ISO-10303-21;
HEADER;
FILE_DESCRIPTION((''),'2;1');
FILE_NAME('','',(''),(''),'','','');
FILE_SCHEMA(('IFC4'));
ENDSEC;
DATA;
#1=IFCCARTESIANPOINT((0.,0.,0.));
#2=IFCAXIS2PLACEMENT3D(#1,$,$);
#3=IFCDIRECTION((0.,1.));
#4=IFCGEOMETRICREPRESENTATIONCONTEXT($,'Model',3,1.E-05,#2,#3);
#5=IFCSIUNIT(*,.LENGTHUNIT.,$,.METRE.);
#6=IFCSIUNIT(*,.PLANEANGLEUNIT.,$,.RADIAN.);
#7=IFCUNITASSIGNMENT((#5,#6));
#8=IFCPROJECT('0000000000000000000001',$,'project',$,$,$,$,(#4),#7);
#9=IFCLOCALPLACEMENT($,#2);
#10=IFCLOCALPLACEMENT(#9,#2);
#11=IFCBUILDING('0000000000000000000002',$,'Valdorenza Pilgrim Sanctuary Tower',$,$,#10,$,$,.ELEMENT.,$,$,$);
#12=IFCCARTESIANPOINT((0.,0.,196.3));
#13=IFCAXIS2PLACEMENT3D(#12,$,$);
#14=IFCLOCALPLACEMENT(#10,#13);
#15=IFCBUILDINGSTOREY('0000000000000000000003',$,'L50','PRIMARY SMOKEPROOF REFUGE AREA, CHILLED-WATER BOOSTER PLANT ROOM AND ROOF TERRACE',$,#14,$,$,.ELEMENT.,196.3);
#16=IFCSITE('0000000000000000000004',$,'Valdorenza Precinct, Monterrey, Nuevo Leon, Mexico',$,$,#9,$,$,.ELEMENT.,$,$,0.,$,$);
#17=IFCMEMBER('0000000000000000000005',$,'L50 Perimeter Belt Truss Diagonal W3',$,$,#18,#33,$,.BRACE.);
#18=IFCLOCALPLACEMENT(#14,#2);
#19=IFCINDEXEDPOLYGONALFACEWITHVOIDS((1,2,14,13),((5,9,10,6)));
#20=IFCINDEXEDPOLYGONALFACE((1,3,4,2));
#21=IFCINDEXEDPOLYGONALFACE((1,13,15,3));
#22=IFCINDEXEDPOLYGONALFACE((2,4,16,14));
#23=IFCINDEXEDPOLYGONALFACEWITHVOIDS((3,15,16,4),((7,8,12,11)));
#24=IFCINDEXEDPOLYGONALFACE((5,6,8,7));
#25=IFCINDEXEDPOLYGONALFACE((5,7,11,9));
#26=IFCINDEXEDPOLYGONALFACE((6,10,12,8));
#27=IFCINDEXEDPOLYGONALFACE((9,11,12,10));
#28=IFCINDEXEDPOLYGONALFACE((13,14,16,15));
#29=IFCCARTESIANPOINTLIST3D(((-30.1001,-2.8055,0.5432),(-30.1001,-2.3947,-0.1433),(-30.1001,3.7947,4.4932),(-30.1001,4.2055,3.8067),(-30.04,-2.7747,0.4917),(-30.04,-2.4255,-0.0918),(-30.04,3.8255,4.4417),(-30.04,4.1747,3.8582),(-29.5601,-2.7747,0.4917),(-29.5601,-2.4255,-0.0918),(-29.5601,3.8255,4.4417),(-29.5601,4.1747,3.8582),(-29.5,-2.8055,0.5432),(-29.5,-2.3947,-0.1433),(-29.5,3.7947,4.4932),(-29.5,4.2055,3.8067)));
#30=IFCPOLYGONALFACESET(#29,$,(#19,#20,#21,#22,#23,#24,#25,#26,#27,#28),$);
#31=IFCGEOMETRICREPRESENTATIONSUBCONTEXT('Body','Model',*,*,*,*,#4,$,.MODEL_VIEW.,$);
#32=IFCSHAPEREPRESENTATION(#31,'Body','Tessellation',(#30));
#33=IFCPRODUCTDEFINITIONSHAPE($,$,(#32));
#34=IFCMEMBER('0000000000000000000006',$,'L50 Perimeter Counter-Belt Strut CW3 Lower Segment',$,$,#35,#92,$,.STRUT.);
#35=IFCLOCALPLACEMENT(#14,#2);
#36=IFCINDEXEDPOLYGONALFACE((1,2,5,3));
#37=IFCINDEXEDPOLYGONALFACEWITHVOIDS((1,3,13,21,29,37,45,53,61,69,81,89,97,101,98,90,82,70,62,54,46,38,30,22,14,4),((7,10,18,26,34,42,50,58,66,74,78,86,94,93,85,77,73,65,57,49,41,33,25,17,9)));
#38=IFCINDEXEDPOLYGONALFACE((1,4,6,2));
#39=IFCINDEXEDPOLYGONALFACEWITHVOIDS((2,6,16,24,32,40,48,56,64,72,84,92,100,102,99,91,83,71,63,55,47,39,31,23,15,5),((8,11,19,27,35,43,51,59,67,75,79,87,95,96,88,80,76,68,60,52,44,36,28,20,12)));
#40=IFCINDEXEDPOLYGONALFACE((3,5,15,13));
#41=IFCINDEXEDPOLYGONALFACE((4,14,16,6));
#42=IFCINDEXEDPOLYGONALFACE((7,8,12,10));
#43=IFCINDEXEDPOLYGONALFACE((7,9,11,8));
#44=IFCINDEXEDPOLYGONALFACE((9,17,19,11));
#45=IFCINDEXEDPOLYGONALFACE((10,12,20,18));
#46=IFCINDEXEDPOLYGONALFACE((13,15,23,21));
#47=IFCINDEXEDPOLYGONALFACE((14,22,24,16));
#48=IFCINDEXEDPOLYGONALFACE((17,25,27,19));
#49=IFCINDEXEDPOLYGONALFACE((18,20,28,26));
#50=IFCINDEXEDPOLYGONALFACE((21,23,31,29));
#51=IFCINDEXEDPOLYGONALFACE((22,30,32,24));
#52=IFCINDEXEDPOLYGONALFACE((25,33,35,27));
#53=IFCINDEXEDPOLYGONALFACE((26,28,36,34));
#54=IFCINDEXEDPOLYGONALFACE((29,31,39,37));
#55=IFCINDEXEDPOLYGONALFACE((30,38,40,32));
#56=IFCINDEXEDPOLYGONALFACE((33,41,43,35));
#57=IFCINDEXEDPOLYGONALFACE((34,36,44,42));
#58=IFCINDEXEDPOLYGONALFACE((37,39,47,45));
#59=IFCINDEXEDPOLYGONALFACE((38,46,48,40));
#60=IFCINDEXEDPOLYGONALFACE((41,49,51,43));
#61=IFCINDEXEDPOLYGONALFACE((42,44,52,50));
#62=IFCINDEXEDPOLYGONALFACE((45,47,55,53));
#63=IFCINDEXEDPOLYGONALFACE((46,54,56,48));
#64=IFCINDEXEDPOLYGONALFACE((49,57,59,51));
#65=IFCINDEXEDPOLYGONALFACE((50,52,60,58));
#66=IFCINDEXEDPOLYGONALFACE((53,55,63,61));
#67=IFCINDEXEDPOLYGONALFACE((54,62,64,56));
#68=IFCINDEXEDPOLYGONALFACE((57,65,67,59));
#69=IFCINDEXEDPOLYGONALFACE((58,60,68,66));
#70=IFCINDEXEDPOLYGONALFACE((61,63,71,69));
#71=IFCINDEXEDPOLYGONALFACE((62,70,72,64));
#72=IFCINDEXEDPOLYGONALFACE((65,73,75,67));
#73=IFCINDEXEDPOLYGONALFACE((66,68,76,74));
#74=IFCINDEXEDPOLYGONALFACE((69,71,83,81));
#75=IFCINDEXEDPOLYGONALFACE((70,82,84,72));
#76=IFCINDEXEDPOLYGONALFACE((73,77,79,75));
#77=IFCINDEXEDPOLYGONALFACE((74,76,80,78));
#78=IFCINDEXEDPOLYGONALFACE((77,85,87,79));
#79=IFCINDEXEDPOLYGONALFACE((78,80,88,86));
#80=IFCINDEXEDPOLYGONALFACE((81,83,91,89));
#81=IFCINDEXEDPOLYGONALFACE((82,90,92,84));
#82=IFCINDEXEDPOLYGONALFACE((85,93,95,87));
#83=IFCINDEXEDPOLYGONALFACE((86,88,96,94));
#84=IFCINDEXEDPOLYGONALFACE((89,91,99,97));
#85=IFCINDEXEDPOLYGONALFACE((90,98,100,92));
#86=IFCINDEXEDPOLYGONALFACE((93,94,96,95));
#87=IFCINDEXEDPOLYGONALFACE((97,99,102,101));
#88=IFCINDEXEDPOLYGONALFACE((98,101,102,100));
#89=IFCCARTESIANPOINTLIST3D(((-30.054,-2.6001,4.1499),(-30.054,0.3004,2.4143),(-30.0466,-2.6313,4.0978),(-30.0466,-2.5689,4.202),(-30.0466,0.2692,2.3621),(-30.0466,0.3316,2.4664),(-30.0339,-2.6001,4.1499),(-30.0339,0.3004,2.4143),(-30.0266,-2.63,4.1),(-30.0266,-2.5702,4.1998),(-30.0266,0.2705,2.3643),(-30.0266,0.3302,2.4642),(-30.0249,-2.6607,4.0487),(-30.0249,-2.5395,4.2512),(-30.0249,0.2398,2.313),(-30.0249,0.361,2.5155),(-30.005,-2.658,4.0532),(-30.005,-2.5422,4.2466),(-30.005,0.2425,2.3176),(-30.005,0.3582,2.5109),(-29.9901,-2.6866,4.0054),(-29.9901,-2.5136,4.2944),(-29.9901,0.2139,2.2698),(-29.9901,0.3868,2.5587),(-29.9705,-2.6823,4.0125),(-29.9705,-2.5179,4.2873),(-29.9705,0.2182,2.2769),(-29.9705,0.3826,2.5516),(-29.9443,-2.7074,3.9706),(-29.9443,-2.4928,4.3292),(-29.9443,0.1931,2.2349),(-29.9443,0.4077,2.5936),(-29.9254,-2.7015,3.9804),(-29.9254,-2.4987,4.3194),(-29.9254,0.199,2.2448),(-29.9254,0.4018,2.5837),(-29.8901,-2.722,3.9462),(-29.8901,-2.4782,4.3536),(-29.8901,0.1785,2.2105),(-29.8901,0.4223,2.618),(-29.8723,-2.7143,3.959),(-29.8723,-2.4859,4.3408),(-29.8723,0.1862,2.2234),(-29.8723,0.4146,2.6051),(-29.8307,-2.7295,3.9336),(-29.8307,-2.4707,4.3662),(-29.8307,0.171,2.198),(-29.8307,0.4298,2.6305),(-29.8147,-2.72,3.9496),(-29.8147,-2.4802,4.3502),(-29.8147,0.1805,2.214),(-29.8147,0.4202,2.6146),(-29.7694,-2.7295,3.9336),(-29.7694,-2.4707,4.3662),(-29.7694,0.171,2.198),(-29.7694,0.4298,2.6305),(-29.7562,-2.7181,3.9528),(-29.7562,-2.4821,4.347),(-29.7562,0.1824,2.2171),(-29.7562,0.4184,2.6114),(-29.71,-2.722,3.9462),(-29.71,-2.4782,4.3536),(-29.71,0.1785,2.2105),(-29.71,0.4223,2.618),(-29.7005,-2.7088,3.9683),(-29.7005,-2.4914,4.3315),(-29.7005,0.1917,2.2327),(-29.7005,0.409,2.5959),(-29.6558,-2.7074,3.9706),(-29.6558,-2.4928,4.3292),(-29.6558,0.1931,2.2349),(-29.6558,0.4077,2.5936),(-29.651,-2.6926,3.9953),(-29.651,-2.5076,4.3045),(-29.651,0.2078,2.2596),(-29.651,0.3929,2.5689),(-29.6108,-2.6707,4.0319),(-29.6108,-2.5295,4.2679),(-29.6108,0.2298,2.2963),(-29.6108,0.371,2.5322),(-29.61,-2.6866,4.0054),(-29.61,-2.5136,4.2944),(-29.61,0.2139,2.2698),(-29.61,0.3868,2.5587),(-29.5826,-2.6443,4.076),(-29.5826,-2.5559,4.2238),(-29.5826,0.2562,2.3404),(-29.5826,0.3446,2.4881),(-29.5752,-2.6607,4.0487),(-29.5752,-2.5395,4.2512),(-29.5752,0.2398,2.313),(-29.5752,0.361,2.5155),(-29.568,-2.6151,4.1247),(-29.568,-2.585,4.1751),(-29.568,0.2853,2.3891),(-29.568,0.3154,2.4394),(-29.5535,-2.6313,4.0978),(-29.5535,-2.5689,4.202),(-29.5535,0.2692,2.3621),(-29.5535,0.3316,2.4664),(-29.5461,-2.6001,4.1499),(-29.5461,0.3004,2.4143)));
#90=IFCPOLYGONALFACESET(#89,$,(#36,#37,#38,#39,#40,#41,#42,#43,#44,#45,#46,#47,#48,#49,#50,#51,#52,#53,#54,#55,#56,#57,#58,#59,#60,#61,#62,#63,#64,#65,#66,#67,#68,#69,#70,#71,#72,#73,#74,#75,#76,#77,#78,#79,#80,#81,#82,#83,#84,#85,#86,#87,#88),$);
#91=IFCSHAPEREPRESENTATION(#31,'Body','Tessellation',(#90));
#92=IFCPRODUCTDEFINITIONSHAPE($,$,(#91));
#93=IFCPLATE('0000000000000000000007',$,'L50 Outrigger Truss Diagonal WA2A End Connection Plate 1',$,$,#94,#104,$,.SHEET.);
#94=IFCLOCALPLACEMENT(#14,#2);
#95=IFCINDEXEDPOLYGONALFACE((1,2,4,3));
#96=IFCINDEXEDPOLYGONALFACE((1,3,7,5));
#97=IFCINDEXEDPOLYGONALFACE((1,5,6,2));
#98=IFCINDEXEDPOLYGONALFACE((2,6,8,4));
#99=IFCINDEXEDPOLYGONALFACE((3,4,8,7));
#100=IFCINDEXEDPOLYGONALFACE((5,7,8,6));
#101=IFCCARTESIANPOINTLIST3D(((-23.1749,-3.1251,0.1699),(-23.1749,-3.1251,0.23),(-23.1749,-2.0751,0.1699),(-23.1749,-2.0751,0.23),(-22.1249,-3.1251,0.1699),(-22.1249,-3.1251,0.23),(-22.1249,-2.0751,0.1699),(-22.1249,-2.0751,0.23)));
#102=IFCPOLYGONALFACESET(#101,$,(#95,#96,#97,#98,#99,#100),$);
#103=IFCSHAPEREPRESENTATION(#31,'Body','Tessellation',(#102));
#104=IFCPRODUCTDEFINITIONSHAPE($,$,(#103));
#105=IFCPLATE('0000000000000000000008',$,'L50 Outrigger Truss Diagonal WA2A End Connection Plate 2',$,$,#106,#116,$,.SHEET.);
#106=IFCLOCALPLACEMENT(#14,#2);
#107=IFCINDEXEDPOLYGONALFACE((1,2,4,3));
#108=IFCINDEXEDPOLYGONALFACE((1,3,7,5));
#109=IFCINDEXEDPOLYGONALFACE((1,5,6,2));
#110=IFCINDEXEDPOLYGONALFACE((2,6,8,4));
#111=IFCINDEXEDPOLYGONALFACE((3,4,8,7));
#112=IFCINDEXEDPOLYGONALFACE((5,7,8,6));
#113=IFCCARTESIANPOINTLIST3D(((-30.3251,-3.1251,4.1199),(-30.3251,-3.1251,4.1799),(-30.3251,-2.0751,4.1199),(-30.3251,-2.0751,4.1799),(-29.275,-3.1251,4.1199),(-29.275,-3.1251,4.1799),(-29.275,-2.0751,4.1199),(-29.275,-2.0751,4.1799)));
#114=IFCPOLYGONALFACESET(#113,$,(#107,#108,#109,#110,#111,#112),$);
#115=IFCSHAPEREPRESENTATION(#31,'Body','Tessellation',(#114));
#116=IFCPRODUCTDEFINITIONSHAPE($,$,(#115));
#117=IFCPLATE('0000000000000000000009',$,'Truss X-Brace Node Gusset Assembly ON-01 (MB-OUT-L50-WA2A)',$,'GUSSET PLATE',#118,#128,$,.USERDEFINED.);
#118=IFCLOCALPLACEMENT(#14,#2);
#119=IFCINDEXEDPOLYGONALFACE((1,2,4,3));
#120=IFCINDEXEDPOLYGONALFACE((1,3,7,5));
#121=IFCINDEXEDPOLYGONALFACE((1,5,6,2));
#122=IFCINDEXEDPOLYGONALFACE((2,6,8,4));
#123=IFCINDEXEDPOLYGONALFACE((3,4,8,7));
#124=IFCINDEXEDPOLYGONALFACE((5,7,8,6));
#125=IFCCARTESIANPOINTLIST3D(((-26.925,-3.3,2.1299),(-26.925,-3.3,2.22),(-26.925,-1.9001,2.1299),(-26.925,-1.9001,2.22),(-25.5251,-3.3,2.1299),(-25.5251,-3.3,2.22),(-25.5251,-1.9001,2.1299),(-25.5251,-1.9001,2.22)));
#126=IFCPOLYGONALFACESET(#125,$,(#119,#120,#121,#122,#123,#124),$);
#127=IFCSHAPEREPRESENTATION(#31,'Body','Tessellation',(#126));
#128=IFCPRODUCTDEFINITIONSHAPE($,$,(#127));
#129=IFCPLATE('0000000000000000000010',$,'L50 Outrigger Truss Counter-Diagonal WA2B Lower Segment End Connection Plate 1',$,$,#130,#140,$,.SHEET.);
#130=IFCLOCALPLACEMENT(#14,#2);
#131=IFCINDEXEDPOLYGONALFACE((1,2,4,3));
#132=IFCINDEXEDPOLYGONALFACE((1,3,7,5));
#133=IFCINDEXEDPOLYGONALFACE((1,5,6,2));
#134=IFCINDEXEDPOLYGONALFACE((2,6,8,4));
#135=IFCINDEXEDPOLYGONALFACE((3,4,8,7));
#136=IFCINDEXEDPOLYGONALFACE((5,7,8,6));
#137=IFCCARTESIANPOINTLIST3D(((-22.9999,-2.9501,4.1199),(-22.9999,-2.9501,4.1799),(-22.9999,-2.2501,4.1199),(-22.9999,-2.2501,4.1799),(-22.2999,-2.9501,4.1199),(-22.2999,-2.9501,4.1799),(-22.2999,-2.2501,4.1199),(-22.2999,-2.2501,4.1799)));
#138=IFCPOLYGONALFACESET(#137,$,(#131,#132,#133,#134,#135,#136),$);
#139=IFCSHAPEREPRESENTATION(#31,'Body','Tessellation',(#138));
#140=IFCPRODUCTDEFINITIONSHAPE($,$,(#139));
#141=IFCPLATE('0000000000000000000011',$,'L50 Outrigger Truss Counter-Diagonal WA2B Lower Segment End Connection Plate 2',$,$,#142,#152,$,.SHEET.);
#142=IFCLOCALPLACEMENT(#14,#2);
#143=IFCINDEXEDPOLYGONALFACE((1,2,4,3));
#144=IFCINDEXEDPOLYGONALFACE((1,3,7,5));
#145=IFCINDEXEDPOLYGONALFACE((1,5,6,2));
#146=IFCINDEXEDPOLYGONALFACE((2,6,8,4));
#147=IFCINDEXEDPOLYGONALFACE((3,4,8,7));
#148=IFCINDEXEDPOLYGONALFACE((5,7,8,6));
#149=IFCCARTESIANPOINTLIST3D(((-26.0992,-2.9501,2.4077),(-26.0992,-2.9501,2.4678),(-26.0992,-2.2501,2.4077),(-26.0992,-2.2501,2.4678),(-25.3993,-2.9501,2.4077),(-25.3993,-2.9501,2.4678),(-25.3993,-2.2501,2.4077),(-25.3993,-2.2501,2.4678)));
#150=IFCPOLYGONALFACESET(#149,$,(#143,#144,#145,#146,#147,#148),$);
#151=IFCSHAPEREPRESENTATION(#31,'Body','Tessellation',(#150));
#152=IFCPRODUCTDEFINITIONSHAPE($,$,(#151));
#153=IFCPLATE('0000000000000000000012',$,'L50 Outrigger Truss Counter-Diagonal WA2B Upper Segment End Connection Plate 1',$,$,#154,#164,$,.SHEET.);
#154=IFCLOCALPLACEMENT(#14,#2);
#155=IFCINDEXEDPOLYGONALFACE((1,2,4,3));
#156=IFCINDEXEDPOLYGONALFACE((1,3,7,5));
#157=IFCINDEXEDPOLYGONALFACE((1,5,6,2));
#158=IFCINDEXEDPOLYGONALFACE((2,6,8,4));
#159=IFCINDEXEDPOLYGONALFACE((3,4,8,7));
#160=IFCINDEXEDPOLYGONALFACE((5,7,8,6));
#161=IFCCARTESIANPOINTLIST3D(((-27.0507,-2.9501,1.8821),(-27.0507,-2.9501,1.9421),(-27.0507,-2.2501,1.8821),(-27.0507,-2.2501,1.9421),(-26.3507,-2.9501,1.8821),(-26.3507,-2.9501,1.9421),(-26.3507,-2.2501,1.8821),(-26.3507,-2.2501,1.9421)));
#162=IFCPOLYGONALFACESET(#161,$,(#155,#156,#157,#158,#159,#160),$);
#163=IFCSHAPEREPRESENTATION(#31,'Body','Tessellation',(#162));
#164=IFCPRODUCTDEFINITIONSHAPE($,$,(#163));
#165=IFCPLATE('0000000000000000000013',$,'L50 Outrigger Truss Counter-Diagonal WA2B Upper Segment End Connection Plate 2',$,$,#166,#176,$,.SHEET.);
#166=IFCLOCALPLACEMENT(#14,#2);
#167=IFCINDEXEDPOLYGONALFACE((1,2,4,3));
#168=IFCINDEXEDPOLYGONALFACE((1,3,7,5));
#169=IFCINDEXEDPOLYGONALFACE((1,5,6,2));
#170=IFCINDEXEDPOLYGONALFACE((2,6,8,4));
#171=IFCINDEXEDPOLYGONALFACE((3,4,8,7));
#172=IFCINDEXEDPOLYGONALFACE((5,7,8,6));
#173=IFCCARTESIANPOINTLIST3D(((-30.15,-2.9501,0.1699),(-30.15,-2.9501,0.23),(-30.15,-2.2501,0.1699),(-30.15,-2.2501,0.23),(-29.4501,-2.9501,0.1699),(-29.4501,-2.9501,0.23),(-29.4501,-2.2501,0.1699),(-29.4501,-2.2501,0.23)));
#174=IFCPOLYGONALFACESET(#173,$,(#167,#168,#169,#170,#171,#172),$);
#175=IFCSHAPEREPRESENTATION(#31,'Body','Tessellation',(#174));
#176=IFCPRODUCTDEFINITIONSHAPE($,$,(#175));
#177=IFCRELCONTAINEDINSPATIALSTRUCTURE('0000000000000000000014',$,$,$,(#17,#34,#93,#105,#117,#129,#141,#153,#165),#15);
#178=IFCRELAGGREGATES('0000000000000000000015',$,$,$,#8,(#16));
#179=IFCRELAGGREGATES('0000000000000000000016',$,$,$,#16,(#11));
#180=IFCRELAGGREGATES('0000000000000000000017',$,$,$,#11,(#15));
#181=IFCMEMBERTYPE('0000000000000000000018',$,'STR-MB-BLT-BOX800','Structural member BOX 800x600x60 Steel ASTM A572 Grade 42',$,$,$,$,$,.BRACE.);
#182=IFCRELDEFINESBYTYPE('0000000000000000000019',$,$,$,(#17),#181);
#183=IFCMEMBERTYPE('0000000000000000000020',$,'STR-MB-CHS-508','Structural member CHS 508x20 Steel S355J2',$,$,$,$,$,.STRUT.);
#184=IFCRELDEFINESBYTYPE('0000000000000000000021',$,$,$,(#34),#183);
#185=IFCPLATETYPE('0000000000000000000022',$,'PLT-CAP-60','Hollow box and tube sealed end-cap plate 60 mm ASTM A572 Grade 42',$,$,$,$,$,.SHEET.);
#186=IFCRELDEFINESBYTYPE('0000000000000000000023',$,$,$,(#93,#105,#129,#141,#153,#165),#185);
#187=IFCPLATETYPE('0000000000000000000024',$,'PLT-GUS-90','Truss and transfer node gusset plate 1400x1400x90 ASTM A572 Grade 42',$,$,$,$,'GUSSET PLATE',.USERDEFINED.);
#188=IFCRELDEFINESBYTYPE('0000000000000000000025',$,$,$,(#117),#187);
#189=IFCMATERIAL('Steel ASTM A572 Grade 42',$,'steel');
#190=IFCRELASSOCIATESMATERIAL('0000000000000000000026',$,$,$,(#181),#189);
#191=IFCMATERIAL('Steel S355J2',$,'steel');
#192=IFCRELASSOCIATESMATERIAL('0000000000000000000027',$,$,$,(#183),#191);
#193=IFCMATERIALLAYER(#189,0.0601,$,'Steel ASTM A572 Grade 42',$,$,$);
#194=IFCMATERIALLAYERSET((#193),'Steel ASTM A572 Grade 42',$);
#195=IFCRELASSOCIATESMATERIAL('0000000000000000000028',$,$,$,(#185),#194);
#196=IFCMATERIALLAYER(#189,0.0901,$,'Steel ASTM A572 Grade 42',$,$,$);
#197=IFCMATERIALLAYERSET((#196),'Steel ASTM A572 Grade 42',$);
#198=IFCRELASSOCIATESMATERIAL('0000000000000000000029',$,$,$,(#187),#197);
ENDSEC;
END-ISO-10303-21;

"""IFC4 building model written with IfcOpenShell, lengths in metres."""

from ifc_helpers import new_model, si_unit, direction, frame, origin, origin_2d, place, context, subcontext, project, spatial, rectangle, hollow_rectangle, hollow_circle, extrude, source, transform, mapped, material, layer, layer_set, material_profile, profile_set, type_object, element, save


model = new_model("IFC4")

# Units and contexts
model_context = context("Model", 3, precision=1e-05, world=origin(), true_north=direction((0.0, 1.0)))
body_context = subcontext(model_context, "Body", "Model", "MODEL_VIEW")
ifc_project = project(units=[si_unit("LENGTHUNIT", "METRE"), si_unit("PLANEANGLEUNIT", "RADIAN")], contexts=[model_context])

# Site, building, storey
site_placement = place(None, origin())
site = spatial("IfcSite", under=ifc_project, at=site_placement, Name="Valdorenza Precinct, Monterrey, Nuevo Leon, Mexico", CompositionType="ELEMENT", RefElevation=0.0)
building_placement = place(site_placement, origin())
building = spatial("IfcBuilding", under=site, at=building_placement, Name="Valdorenza Pilgrim Sanctuary Tower", CompositionType="ELEMENT")
storey_placement = place(building_placement, frame((0.0, 0.0, 196.3)))
storey = spatial("IfcBuildingStorey", under=building, at=storey_placement, Name="L50", Description="PRIMARY SMOKEPROOF REFUGE AREA, CHILLED-WATER BOOSTER PLANT ROOM AND ROOF TERRACE", CompositionType="ELEMENT", Elevation=196.3)

# Members
ifc_material_1 = material(Name="Steel ASTM A572 Grade 42", Category="steel")
ifc_material_profile_1 = material_profile(ifc_material_1, hollow_rectangle(XDim=0.6001, YDim=0.8, WallThickness=0.0601, at=origin_2d()), Name="BOX 800x600x60")
ifc_profile_set_1 = profile_set([ifc_material_profile_1], Name="Steel ASTM A572 Grade 42")
member_type_1 = type_object("IfcMemberType", Name="STR-MB-BLT-BOX800", Description="Structural member BOX 800x600x60 Steel ASTM A572 Grade 42", PredefinedType="BRACE", material=ifc_profile_set_1)
shared_shape_1 = source(origin(), body_context, "Body", "SweptSolid", [
    extrude(hollow_rectangle(XDim=0.6001, YDim=0.8, WallThickness=0.0601, at=origin_2d()), origin(), (0.0, 0.0, 1.0), 7.6919),
])
member_1_placement = place(storey_placement, frame((-29.8, -2.6001, 0.2), z_axis=(0.0, 0.858072, 0.513529), x_axis=(-1.0, 0.0, 0.0)))
element("IfcMember", 1, at=member_1_placement, inside=storey, type_object=member_type_1, Name="L50 Perimeter Belt Truss Diagonal W3", PredefinedType="BRACE", context=body_context, shape_type="MappedRepresentation", body=[
    mapped(shared_shape_1, transform((0.0, 0.0, 0.0), x_axis=(1.0, 0.0, 0.0), y_axis=(0.0, 1.0, 0.0), z_axis=(0.0, 0.0, 1.0), scale=1.0)),
])
ifc_material_2 = material(Name="Steel S355J2", Category="steel")
ifc_material_profile_2 = material_profile(ifc_material_2, hollow_circle(Radius=0.2539, WallThickness=0.02, at=origin_2d()), Name="CHS 508x20")
ifc_profile_set_2 = profile_set([ifc_material_profile_2], Name="Steel S355J2")
member_type_2 = type_object("IfcMemberType", Name="STR-MB-CHS-508", Description="Structural member CHS 508x20 Steel S355J2", PredefinedType="STRUT", material=ifc_profile_set_2)
shared_shape_2 = source(origin(), body_context, "Body", "SweptSolid", [
    extrude(hollow_circle(Radius=0.2539, WallThickness=0.02, at=origin_2d()), origin(), (0.0, 0.0, 1.0), 3.3801),
])
member_2_placement = place(storey_placement, frame((-29.8, -2.6001, 4.1499), z_axis=(0.0, 0.858098, -0.513486), x_axis=(-1.0, 0.0, 0.0)))
element("IfcMember", 2, at=member_2_placement, inside=storey, type_object=member_type_2, Name="L50 Perimeter Counter-Belt Strut CW3 Lower Segment", PredefinedType="STRUT", context=body_context, shape_type="MappedRepresentation", body=[
    mapped(shared_shape_2, transform((0.0, 0.0, 0.0), x_axis=(1.0, 0.0, 0.0), y_axis=(0.0, 1.0, 0.0), z_axis=(0.0, 0.0, 1.0), scale=1.0)),
])

# Plates
ifc_layer_1 = layer(ifc_material_1, 0.0601, Name="Steel ASTM A572 Grade 42")
ifc_layer_set_1 = layer_set([ifc_layer_1], Name="Steel ASTM A572 Grade 42")
plate_type_1 = type_object("IfcPlateType", Name="PLT-CAP-60", Description="Hollow box and tube sealed end-cap plate 60 mm ASTM A572 Grade 42", PredefinedType="SHEET", material=ifc_layer_set_1)
shared_shape_3 = source(origin(), body_context, "Body", "SweptSolid", [
    extrude(rectangle(XDim=1.05, YDim=1.05, at=origin_2d()), origin(), (0.0, 0.0, 1.0), 0.0601),
])
for number, where, z_axis, x_axis, name in (
    (3, (-22.6499, -2.6001, 0.1699), (0.0, 0.0, 1.0), (1.0, 0.0, 0.0), "L50 Outrigger Truss Diagonal WA2A End Connection Plate 1"),
    (4, (-29.8, -2.6001, 4.1199), (0.0, 0.0, 1.0), (1.0, 0.0, 0.0), "L50 Outrigger Truss Diagonal WA2A End Connection Plate 2"),
):
    element("IfcPlate", number, at=place(storey_placement, frame(where, z_axis=z_axis, x_axis=x_axis)), inside=storey, type_object=plate_type_1, Name=name, PredefinedType="SHEET", context=body_context, shape_type="MappedRepresentation", body=[
        mapped(shared_shape_3, transform((0.0, 0.0, 0.0), x_axis=(1.0, 0.0, 0.0), y_axis=(0.0, 1.0, 0.0), z_axis=(0.0, 0.0, 1.0), scale=1.0)),
    ])
ifc_layer_2 = layer(ifc_material_1, 0.0901, Name="Steel ASTM A572 Grade 42")
ifc_layer_set_2 = layer_set([ifc_layer_2], Name="Steel ASTM A572 Grade 42")
plate_type_2 = type_object("IfcPlateType", Name="PLT-GUS-90", Description="Truss and transfer node gusset plate 1400x1400x90 ASTM A572 Grade 42", ElementType="GUSSET PLATE", PredefinedType="USERDEFINED", material=ifc_layer_set_2)
shared_shape_4 = source(origin(), body_context, "Body", "SweptSolid", [
    extrude(rectangle(XDim=1.3999, YDim=1.3999, at=origin_2d()), origin(), (0.0, 0.0, 1.0), 0.0901),
])
plate_placement = place(storey_placement, frame((-26.2251, -2.6001, 2.1299), z_axis=(0.0, 0.0, 1.0), x_axis=(1.0, 0.0, 0.0)))
element("IfcPlate", 5, at=plate_placement, inside=storey, type_object=plate_type_2, Name="Truss X-Brace Node Gusset Assembly ON-01 (MB-OUT-L50-WA2A)", ObjectType="GUSSET PLATE", PredefinedType="USERDEFINED", context=body_context, shape_type="MappedRepresentation", body=[
    mapped(shared_shape_4, transform((0.0, 0.0, 0.0), x_axis=(1.0, 0.0, 0.0), y_axis=(0.0, 1.0, 0.0), z_axis=(0.0, 0.0, 1.0), scale=1.0)),
])
shared_shape_5 = source(origin(), body_context, "Body", "SweptSolid", [
    extrude(rectangle(XDim=0.7, YDim=0.7, at=origin_2d()), origin(), (0.0, 0.0, 1.0), 0.0601),
])
for number, where, z_axis, x_axis, name in (
    (6, (-22.6499, -2.6001, 4.1199), (0.0, 0.0, 1.0), (1.0, 0.0, 0.0), "L50 Outrigger Truss Counter-Diagonal WA2B Lower Segment End Connection Plate 1"),
    (7, (-25.7493, -2.6001, 2.4077), (0.0, 0.0, 1.0), (1.0, 0.0, 0.0), "L50 Outrigger Truss Counter-Diagonal WA2B Lower Segment End Connection Plate 2"),
    (8, (-26.7007, -2.6001, 1.8821), (0.0, 0.0, 1.0), (1.0, 0.0, 0.0), "L50 Outrigger Truss Counter-Diagonal WA2B Upper Segment End Connection Plate 1"),
    (9, (-29.8, -2.6001, 0.1699), (0.0, 0.0, 1.0), (1.0, 0.0, 0.0), "L50 Outrigger Truss Counter-Diagonal WA2B Upper Segment End Connection Plate 2"),
):
    element("IfcPlate", number, at=place(storey_placement, frame(where, z_axis=z_axis, x_axis=x_axis)), inside=storey, type_object=plate_type_1, Name=name, PredefinedType="SHEET", context=body_context, shape_type="MappedRepresentation", body=[
        mapped(shared_shape_5, transform((0.0, 0.0, 0.0), x_axis=(1.0, 0.0, 0.0), y_axis=(0.0, 1.0, 0.0), z_axis=(0.0, 0.0, 1.0), scale=1.0)),
    ])

save(model, "model.ifc")
